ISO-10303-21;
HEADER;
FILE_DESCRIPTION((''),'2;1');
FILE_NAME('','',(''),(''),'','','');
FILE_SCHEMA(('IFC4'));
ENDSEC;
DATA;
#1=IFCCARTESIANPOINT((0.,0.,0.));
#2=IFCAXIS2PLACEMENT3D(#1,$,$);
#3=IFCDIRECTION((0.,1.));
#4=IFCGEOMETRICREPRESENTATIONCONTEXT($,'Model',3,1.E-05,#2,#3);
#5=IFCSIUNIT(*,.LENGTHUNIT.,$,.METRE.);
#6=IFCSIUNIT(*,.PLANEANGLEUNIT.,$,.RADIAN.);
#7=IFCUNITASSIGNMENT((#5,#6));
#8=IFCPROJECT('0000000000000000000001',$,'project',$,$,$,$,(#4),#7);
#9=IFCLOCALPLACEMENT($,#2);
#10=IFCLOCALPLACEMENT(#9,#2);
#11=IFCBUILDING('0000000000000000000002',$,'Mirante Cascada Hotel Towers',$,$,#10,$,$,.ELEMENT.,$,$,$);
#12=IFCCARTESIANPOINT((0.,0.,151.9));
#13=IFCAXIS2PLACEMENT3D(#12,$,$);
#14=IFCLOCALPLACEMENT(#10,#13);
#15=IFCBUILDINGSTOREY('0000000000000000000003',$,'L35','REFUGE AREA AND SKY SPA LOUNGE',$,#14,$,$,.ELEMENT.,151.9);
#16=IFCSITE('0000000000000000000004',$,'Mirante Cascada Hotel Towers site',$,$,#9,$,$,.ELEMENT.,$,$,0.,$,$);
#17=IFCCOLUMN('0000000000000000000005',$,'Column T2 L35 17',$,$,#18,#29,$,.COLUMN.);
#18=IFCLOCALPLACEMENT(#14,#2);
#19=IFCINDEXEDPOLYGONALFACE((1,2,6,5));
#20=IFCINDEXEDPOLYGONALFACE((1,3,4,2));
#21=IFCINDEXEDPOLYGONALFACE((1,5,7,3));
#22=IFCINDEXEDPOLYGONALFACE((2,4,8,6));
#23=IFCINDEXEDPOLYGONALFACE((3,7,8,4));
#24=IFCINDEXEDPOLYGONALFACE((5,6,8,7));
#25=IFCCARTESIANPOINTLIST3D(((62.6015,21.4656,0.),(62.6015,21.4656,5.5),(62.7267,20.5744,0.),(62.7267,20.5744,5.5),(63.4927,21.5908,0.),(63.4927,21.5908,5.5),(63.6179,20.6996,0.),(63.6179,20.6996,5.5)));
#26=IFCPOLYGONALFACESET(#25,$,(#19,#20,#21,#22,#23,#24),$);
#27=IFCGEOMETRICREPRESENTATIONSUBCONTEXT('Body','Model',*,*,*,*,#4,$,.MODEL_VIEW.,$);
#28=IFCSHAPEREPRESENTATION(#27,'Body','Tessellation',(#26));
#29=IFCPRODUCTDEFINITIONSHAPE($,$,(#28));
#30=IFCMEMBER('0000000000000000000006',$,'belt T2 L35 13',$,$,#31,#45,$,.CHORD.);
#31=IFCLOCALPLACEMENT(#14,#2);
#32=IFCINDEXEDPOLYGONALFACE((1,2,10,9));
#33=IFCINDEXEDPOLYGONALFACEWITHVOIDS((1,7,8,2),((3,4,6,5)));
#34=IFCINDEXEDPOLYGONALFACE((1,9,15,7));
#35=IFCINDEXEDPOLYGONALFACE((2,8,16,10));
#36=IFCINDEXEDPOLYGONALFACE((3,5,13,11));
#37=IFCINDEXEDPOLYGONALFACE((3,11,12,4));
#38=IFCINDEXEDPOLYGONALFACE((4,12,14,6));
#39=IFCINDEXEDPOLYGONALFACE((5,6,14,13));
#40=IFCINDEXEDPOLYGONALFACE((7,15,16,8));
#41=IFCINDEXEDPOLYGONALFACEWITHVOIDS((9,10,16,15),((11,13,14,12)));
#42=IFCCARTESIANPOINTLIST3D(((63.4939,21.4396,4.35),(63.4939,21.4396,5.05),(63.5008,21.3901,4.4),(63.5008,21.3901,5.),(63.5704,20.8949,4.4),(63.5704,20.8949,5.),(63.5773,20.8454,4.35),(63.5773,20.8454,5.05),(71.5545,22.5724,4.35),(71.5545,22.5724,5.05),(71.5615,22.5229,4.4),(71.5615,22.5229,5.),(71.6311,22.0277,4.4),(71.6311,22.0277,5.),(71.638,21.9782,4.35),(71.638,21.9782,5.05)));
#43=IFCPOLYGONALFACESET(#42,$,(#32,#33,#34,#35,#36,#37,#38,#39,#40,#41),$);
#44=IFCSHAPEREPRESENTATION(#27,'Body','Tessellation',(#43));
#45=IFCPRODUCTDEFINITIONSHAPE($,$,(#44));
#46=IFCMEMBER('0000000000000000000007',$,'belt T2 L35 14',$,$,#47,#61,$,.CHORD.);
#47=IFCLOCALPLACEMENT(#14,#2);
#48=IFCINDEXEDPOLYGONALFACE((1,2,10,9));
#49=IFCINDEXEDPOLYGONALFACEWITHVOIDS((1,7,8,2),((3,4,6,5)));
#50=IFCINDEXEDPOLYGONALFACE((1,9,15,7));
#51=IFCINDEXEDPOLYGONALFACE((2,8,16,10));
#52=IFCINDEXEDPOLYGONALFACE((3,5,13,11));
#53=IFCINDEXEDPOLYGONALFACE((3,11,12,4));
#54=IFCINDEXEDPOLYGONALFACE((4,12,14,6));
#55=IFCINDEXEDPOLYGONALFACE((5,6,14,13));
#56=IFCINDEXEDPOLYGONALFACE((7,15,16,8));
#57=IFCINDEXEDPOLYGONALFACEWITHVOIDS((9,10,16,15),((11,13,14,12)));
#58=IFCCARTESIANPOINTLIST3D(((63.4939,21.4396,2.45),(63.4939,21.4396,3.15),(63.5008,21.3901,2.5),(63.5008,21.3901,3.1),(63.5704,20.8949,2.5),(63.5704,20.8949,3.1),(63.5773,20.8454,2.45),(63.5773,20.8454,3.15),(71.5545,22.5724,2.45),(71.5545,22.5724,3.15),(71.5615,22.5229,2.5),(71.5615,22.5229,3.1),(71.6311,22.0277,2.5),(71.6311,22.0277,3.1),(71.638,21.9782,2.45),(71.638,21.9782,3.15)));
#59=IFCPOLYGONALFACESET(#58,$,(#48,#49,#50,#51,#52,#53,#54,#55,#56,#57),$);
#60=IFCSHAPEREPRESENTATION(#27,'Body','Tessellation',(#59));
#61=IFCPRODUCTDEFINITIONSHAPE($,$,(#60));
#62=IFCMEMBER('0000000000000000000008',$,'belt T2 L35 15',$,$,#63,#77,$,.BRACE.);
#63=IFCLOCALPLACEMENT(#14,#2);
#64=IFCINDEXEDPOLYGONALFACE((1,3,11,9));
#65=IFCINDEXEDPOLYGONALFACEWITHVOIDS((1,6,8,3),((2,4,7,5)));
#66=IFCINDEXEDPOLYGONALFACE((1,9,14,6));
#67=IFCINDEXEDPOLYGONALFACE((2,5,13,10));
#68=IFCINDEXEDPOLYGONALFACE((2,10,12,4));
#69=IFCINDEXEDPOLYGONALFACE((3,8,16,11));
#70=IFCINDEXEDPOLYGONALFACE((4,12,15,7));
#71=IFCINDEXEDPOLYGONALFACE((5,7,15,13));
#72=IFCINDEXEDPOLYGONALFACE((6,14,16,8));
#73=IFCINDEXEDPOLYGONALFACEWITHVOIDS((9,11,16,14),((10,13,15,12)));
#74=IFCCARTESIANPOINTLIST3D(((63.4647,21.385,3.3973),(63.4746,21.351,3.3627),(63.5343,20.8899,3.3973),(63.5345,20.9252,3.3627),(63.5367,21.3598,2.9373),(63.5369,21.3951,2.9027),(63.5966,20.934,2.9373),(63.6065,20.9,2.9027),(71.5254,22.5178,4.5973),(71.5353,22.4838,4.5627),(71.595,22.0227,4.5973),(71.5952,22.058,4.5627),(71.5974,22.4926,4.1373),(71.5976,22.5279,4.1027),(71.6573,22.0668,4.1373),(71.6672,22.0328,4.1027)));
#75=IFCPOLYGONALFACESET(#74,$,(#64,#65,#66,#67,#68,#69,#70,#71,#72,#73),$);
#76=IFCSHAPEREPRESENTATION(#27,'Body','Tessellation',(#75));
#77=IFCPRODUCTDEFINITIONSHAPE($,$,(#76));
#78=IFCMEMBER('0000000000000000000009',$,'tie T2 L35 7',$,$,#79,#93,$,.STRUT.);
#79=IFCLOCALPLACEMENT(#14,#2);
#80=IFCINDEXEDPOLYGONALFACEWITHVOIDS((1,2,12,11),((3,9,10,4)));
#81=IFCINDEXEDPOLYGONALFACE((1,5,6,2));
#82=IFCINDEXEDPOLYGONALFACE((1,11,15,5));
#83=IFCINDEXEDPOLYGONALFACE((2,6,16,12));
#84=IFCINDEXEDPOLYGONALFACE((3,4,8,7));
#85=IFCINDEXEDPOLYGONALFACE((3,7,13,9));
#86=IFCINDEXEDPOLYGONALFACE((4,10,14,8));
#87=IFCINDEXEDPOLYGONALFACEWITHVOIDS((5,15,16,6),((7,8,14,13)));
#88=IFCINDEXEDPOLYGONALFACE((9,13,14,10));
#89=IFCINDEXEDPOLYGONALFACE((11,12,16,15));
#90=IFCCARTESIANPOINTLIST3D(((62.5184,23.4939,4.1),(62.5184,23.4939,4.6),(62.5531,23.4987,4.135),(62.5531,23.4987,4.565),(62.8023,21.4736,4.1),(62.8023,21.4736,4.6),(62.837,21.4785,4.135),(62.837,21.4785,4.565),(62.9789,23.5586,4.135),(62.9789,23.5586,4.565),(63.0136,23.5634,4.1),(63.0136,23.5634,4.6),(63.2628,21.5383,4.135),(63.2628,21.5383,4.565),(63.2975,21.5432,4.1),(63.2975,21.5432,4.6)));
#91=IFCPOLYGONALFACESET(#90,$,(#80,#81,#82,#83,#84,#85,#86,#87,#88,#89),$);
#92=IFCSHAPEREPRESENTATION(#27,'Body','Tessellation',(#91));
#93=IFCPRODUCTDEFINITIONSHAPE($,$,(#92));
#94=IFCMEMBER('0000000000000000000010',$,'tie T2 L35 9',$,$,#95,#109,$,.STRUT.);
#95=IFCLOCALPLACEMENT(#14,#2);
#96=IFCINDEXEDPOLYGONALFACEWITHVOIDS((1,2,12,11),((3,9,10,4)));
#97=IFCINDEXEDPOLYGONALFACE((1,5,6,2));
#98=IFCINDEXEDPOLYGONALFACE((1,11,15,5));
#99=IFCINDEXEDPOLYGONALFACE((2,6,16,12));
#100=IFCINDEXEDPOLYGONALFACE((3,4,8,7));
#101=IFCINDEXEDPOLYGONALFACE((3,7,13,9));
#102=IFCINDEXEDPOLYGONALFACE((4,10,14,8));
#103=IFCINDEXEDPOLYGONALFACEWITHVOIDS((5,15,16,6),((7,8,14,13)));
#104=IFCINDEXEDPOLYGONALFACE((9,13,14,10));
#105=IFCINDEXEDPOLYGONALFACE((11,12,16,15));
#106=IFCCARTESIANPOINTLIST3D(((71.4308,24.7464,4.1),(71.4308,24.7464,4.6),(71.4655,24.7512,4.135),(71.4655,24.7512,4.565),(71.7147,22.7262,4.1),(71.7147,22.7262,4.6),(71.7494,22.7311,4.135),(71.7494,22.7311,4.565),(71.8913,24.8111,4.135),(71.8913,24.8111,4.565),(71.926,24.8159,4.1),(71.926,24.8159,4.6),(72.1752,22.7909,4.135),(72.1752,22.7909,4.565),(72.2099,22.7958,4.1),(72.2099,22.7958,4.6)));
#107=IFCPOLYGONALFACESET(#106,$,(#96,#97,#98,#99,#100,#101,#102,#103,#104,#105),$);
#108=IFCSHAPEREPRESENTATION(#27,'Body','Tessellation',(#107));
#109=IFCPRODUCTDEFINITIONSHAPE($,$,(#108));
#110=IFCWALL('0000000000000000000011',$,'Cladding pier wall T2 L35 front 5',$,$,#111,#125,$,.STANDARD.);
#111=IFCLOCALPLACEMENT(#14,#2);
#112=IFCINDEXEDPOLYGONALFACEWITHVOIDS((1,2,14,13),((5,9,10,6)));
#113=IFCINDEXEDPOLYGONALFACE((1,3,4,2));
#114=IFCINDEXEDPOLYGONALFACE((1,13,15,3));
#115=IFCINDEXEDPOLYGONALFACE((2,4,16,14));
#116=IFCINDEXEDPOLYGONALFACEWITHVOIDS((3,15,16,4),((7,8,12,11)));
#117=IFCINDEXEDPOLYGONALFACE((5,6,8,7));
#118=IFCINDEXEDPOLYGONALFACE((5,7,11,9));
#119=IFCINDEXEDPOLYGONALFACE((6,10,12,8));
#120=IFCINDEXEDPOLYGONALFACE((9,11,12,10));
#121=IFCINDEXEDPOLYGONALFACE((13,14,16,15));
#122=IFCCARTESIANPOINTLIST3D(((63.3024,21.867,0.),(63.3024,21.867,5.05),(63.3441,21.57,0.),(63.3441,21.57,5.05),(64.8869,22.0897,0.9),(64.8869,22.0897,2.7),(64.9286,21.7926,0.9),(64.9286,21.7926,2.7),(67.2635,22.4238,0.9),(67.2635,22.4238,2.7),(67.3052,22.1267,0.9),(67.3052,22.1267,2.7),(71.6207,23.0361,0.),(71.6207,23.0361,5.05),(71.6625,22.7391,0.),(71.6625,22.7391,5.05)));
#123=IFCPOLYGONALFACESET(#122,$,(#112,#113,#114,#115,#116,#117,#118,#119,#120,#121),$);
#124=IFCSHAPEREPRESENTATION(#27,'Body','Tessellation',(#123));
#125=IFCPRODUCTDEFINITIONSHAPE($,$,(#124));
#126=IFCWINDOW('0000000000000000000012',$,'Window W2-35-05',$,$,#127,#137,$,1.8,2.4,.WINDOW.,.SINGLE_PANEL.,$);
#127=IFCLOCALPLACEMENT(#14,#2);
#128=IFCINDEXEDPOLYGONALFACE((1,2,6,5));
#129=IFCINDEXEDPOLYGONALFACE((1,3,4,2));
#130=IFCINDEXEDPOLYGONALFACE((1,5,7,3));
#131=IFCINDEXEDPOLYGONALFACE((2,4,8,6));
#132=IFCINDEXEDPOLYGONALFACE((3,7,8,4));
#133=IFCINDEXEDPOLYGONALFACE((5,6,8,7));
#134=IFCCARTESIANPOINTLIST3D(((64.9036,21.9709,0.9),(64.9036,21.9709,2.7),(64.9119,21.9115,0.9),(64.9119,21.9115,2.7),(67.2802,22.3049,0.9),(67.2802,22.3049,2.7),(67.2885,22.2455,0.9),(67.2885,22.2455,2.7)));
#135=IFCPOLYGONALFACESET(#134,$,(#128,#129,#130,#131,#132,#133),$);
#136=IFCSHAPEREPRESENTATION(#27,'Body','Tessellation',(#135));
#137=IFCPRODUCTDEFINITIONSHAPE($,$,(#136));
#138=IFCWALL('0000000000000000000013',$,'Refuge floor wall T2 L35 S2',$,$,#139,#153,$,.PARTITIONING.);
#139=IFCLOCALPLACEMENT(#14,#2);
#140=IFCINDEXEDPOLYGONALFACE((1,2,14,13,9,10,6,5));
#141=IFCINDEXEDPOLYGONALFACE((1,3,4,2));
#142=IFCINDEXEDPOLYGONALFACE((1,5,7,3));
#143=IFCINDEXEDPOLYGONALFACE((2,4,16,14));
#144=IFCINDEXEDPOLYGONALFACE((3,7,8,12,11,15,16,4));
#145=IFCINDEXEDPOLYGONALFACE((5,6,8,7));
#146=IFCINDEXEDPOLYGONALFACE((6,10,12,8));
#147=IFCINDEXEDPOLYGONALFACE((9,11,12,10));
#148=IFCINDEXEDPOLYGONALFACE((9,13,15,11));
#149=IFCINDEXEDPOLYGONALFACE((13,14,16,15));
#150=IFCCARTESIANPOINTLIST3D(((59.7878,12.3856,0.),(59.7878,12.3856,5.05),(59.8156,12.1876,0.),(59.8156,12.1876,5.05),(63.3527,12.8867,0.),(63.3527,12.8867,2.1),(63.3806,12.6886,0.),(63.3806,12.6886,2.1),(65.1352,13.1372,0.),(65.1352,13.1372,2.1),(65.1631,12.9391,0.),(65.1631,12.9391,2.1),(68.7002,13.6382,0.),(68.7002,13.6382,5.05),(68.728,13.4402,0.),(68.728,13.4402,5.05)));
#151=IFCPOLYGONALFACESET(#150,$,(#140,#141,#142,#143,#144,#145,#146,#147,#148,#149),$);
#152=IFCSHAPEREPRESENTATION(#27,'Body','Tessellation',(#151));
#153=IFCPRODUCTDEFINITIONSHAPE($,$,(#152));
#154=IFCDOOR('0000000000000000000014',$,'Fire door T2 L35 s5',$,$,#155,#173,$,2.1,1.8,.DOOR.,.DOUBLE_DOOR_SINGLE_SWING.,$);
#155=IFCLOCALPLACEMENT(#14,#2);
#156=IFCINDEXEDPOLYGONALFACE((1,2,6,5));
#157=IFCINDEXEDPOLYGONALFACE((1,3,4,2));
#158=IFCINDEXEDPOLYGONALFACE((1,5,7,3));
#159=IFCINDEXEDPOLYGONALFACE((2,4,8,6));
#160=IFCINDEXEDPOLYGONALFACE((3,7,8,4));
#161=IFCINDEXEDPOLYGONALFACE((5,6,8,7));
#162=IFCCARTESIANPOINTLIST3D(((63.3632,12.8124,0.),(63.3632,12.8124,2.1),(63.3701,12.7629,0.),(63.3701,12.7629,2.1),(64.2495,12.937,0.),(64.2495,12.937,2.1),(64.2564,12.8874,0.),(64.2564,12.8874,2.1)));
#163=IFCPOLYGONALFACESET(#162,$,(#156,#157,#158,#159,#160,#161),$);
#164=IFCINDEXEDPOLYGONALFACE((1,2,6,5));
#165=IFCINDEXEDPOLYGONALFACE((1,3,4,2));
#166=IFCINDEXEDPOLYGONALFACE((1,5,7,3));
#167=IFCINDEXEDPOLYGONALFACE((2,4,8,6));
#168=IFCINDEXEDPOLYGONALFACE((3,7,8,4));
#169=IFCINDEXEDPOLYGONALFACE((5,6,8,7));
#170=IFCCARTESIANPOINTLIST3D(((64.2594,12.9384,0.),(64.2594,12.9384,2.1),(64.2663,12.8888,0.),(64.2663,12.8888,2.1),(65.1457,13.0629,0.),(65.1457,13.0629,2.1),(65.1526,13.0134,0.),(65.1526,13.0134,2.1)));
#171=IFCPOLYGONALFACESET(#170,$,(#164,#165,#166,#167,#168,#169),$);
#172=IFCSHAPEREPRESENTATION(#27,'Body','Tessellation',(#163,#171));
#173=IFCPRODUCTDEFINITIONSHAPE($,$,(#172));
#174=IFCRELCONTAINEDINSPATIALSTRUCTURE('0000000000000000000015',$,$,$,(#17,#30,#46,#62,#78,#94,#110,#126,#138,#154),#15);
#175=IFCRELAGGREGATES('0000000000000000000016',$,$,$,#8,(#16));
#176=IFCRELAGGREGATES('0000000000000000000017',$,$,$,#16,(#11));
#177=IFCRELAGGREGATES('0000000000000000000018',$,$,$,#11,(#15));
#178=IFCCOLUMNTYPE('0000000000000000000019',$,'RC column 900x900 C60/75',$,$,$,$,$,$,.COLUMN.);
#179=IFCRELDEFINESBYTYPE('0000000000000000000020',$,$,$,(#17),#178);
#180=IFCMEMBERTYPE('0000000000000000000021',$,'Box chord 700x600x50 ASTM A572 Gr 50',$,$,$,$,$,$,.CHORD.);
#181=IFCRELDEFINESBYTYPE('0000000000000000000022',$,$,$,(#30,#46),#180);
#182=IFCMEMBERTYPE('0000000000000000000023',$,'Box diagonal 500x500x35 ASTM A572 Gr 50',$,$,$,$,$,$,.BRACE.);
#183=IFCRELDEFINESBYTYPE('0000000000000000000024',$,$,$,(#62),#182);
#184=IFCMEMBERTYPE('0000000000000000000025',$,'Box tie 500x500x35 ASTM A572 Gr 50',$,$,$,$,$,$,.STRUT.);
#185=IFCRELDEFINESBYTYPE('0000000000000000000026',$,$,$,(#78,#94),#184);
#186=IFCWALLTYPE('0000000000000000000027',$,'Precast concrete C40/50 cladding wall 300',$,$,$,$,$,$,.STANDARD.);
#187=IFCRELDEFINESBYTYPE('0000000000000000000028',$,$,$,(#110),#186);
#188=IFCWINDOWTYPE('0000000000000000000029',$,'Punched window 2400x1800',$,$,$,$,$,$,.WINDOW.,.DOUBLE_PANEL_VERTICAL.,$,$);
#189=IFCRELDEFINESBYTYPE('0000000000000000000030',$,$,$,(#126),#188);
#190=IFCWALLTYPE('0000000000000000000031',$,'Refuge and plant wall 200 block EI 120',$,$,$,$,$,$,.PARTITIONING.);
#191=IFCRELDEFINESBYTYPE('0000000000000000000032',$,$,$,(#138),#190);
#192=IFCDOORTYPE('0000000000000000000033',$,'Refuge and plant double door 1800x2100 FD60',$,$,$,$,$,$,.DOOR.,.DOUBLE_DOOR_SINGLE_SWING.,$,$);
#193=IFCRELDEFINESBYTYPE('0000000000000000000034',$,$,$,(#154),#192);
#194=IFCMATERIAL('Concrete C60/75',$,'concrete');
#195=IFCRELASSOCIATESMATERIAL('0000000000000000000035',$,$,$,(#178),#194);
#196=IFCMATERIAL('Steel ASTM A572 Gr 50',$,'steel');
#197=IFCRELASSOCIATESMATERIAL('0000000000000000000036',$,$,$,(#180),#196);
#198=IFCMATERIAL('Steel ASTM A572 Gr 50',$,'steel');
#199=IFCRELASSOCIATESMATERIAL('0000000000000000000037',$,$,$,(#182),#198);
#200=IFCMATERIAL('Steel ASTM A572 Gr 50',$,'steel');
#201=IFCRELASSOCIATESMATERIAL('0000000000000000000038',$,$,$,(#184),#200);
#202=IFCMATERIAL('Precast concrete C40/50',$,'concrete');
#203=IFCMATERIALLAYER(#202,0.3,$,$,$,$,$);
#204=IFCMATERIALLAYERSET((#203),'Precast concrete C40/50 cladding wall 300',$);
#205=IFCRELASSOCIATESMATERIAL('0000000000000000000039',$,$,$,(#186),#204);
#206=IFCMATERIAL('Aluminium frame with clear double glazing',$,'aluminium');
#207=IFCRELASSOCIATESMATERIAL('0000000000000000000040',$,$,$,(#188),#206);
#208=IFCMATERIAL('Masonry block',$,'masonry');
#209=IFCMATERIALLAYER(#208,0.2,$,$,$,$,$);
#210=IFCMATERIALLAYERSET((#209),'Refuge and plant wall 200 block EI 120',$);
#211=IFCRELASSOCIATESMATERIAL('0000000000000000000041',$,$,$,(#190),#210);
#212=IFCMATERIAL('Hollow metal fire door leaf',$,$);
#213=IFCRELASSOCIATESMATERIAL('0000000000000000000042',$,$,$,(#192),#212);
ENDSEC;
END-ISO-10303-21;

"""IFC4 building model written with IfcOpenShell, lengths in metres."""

from ifc_helpers import new_model, si_unit, direction, frame, frame_2d, origin, origin_2d, place, context, subcontext, project, spatial, rectangle, hollow_rectangle, extrude, material, layer, layer_set, material_profile, profile_set, type_object, element, fill, save


model = new_model("IFC4")

# Units and contexts
model_context = context("Model", 3, precision=1e-05, world=origin(), true_north=direction((0.0, 1.0)))
body_context = subcontext(model_context, "Body", "Model", "MODEL_VIEW")
ifc_project = project(units=[si_unit("LENGTHUNIT", "METRE"), si_unit("PLANEANGLEUNIT", "RADIAN")], contexts=[model_context])

# Site, building, storey
site_placement = place(None, origin())
site = spatial("IfcSite", under=ifc_project, at=site_placement, Name="Mirante Cascada Hotel Towers site", CompositionType="ELEMENT", RefElevation=0.0)
building_placement = place(site_placement, origin())
building = spatial("IfcBuilding", under=site, at=building_placement, Name="Mirante Cascada Hotel Towers", CompositionType="ELEMENT")
storey_placement = place(building_placement, frame((0.0, 0.0, 151.9)))
storey = spatial("IfcBuildingStorey", under=building, at=storey_placement, Name="L35", Description="REFUGE AREA AND SKY SPA LOUNGE", CompositionType="ELEMENT", Elevation=151.9)

# Column
ifc_material_1 = material(Name="Concrete C60/75", Category="concrete")
ifc_material_profile_1 = material_profile(ifc_material_1, rectangle(XDim=0.9, YDim=0.9, at=origin_2d()), Name="RC column 900x900 C60/75")
ifc_profile_set_1 = profile_set([ifc_material_profile_1], Name="Concrete C60/75")
column_type = type_object("IfcColumnType", Name="RC column 900x900 C60/75", PredefinedType="COLUMN", material=ifc_profile_set_1)
column_placement = place(storey_placement, frame((63.1097, 21.0826, 0.0), z_axis=(0.0, 0.0, 1.0), x_axis=(0.990268, 0.139173, 0.0)))
element("IfcColumn", 1, at=column_placement, inside=storey, type_object=column_type, Name="Column T2 L35 17", PredefinedType="COLUMN", context=body_context, shape_type="SweptSolid", body=[
    extrude(rectangle(XDim=0.9, YDim=0.9, at=origin_2d()), origin(), (0.0, 0.0, 1.0), 5.5),
])

# Members
ifc_material_2 = material(Name="Steel ASTM A572 Gr 50", Category="steel")
ifc_material_profile_2 = material_profile(ifc_material_2, hollow_rectangle(XDim=0.6, YDim=0.7, WallThickness=0.05, at=origin_2d()), Name="Box chord 700x600x50 ASTM A572 Gr 50")
ifc_profile_set_2 = profile_set([ifc_material_profile_2], Name="Steel ASTM A572 Gr 50")
member_type_1 = type_object("IfcMemberType", Name="Box chord 700x600x50 ASTM A572 Gr 50", PredefinedType="CHORD", material=ifc_profile_set_2)
for number, where, z_axis, x_axis, name in (
    (2, (63.5356, 21.1425, 4.7), (0.990269, 0.139166, 0.0), (-0.139166, 0.990269, 0.0), "belt T2 L35 13"),
    (3, (63.5356, 21.1425, 2.8), (0.990269, 0.139166, 0.0), (-0.139166, 0.990269, 0.0), "belt T2 L35 14"),
):
    element("IfcMember", number, at=place(storey_placement, frame(where, z_axis=z_axis, x_axis=x_axis)), inside=storey, type_object=member_type_1, Name=name, PredefinedType="CHORD", context=body_context, shape_type="SweptSolid", body=[
        extrude(hollow_rectangle(XDim=0.6, YDim=0.7, WallThickness=0.05, at=origin_2d()), origin(), (0.0, 0.0, 1.0), 8.1399),
    ])
ifc_material_3 = material(Name="Steel ASTM A572 Gr 50", Category="steel")
ifc_material_profile_3 = material_profile(ifc_material_3, hollow_rectangle(XDim=0.5, YDim=0.5, WallThickness=0.035, at=origin_2d()), Name="Box diagonal 500x500x35 ASTM A572 Gr 50")
ifc_profile_set_3 = profile_set([ifc_material_profile_3], Name="Steel ASTM A572 Gr 50")
member_type_2 = type_object("IfcMemberType", Name="Box diagonal 500x500x35 ASTM A572 Gr 50", PredefinedType="BRACE", material=ifc_profile_set_3)
member_1_placement = place(storey_placement, frame((63.5356, 21.1425, 3.15), z_axis=(0.97968, 0.137678, 0.145845), x_axis=(-0.139166, 0.990269, 0.0)))
element("IfcMember", 4, at=member_1_placement, inside=storey, type_object=member_type_2, Name="belt T2 L35 15", PredefinedType="BRACE", context=body_context, shape_type="SweptSolid", body=[
    extrude(hollow_rectangle(XDim=0.5, YDim=0.5, WallThickness=0.035, at=origin_2d()), origin(), (0.0, 0.0, 1.0), 8.2279),
])
ifc_material_4 = material(Name="Steel ASTM A572 Gr 50", Category="steel")
ifc_material_profile_4 = material_profile(ifc_material_4, hollow_rectangle(XDim=0.5, YDim=0.5, WallThickness=0.035, at=origin_2d()), Name="Box tie 500x500x35 ASTM A572 Gr 50")
ifc_profile_set_4 = profile_set([ifc_material_profile_4], Name="Steel ASTM A572 Gr 50")
member_type_3 = type_object("IfcMemberType", Name="Box tie 500x500x35 ASTM A572 Gr 50", PredefinedType="STRUT", material=ifc_profile_set_4)
member_2_placement = place(storey_placement, frame((63.0499, 21.5084, 4.35), z_axis=(-0.139163, 0.99027, 0.0), x_axis=(-0.99027, -0.139163, 0.0)))
element("IfcMember", 5, at=member_2_placement, inside=storey, type_object=member_type_3, Name="tie T2 L35 7", PredefinedType="STRUT", context=body_context, shape_type="SweptSolid", body=[
    extrude(hollow_rectangle(XDim=0.5, YDim=0.5, WallThickness=0.035, at=origin_2d()), origin(), (0.0, 0.0, 1.0), 2.0401),
])
member_3_placement = place(storey_placement, frame((71.9623, 22.761, 4.35), z_axis=(-0.13917, 0.990268, 0.0), x_axis=(-0.990268, -0.13917, 0.0)))
element("IfcMember", 6, at=member_3_placement, inside=storey, type_object=member_type_3, Name="tie T2 L35 9", PredefinedType="STRUT", context=body_context, shape_type="SweptSolid", body=[
    extrude(hollow_rectangle(XDim=0.5, YDim=0.5, WallThickness=0.035, at=origin_2d()), origin(), (0.0, 0.0, 1.0), 2.04),
])

# Wall, opening, window
ifc_material_5 = material(Name="Precast concrete C40/50", Category="concrete")
ifc_layer_1 = layer(ifc_material_5, 0.3)
ifc_layer_set_1 = layer_set([ifc_layer_1], Name="Precast concrete C40/50 cladding wall 300")
wall_type_1 = type_object("IfcWallType", Name="Precast concrete C40/50 cladding wall 300", PredefinedType="STANDARD", material=ifc_layer_set_1)
wall_1_placement = place(storey_placement, frame((63.3233, 21.7185, 0.0), z_axis=(0.0, 0.0, 1.0), x_axis=(0.990267, 0.139178, 0.0)))
wall_1 = element("IfcWall", 7, at=wall_1_placement, inside=storey, type_object=wall_type_1, Name="Cladding pier wall T2 L35 front 5", PredefinedType="STANDARD", context=body_context, shape_type="SweptSolid", body=[
    extrude(rectangle(XDim=8.4001, YDim=0.3, at=frame_2d((4.2, 0.0))), origin(), (0.0, 0.0, 1.0), 5.05),
])
opening_1_placement = place(wall_1_placement, frame((1.6, 0.0, 0.9)))
opening_1 = element("IfcOpeningElement", 8, at=opening_1_placement, cuts=wall_1, PredefinedType="OPENING", context=body_context, shape_type="SweptSolid", body=[
    extrude(rectangle(XDim=2.4, YDim=1.8, at=frame_2d((1.2, 0.9))), frame((0.0, 0.15, 0.0), z_axis=(0.0, -1.0, 0.0), x_axis=(1.0, 0.0, 0.0)), (0.0, 0.0, 1.0), 0.3),
])
ifc_material_6 = material(Name="Aluminium frame with clear double glazing", Category="aluminium")
window_type = type_object("IfcWindowType", Name="Punched window 2400x1800", PartitioningType="DOUBLE_PANEL_VERTICAL", PredefinedType="WINDOW", material=ifc_material_6)
window_placement = place(opening_1_placement, origin())
window = element("IfcWindow", 9, at=window_placement, inside=storey, type_object=window_type, Name="Window W2-35-05", OverallHeight=1.8, OverallWidth=2.4, PartitioningType="SINGLE_PANEL", PredefinedType="WINDOW", context=body_context, shape_type="SweptSolid", body=[
    extrude(rectangle(XDim=2.4, YDim=1.8, at=frame_2d((1.2, 0.9))), frame((0.0, 0.03, 0.0), z_axis=(0.0, -1.0, 0.0), x_axis=(1.0, 0.0, 0.0)), (0.0, 0.0, 1.0), 0.06),
])
fill(opening_1, window)

# Wall, opening, door
ifc_material_7 = material(Name="Masonry block", Category="masonry")
ifc_layer_2 = layer(ifc_material_7, 0.2)
ifc_layer_set_2 = layer_set([ifc_layer_2], Name="Refuge and plant wall 200 block EI 120")
wall_type_2 = type_object("IfcWallType", Name="Refuge and plant wall 200 block EI 120", PredefinedType="PARTITIONING", material=ifc_layer_set_2)
wall_2_placement = place(storey_placement, frame((59.8017, 12.2866, 0.0), z_axis=(0.0, 0.0, 1.0), x_axis=(0.990267, 0.139178, 0.0)))
wall_2 = element("IfcWall", 10, at=wall_2_placement, inside=storey, type_object=wall_type_2, Name="Refuge floor wall T2 L35 S2", PredefinedType="PARTITIONING", context=body_context, shape_type="SweptSolid", body=[
    extrude(rectangle(XDim=9.0, YDim=0.2, at=frame_2d((4.5, 0.0))), origin(), (0.0, 0.0, 1.0), 5.05),
])
opening_2_placement = place(wall_2_placement, frame((3.6, 0.0, 0.0)))
opening_2 = element("IfcOpeningElement", 11, at=opening_2_placement, cuts=wall_2, PredefinedType="OPENING", context=body_context, shape_type="SweptSolid", body=[
    extrude(rectangle(XDim=1.8, YDim=2.1, at=frame_2d((0.9, 1.05))), frame((0.0, 0.1, 0.0), z_axis=(0.0, -1.0, 0.0), x_axis=(1.0, 0.0, 0.0)), (0.0, 0.0, 1.0), 0.2),
])
ifc_material_8 = material(Name="Hollow metal fire door leaf")
door_type = type_object("IfcDoorType", Name="Refuge and plant double door 1800x2100 FD60", OperationType="DOUBLE_DOOR_SINGLE_SWING", PredefinedType="DOOR", material=ifc_material_8)
door_1_placement = place(opening_2_placement, origin())
door_1 = element("IfcDoor", 12, at=door_1_placement, inside=storey, type_object=door_type, Name="Fire door T2 L35 s5", OperationType="DOUBLE_DOOR_SINGLE_SWING", OverallHeight=2.1, OverallWidth=1.8, PredefinedType="DOOR", context=body_context, shape_type="SweptSolid", body=[
    extrude(rectangle(XDim=0.895, YDim=2.1, at=frame_2d((0.4475, 1.05))), frame((0.0, 0.025, 0.0), z_axis=(0.0, -1.0, 0.0), x_axis=(1.0, 0.0, 0.0)), (0.0, 0.0, 1.0), 0.05),
    extrude(rectangle(XDim=0.895, YDim=2.1, at=frame_2d((1.3525, 1.05))), frame((0.0, 0.025, 0.0), z_axis=(0.0, -1.0, 0.0), x_axis=(1.0, 0.0, 0.0)), (0.0, 0.0, 1.0), 0.05),
])
fill(opening_2, door_1)

save(model, "model.ifc")
